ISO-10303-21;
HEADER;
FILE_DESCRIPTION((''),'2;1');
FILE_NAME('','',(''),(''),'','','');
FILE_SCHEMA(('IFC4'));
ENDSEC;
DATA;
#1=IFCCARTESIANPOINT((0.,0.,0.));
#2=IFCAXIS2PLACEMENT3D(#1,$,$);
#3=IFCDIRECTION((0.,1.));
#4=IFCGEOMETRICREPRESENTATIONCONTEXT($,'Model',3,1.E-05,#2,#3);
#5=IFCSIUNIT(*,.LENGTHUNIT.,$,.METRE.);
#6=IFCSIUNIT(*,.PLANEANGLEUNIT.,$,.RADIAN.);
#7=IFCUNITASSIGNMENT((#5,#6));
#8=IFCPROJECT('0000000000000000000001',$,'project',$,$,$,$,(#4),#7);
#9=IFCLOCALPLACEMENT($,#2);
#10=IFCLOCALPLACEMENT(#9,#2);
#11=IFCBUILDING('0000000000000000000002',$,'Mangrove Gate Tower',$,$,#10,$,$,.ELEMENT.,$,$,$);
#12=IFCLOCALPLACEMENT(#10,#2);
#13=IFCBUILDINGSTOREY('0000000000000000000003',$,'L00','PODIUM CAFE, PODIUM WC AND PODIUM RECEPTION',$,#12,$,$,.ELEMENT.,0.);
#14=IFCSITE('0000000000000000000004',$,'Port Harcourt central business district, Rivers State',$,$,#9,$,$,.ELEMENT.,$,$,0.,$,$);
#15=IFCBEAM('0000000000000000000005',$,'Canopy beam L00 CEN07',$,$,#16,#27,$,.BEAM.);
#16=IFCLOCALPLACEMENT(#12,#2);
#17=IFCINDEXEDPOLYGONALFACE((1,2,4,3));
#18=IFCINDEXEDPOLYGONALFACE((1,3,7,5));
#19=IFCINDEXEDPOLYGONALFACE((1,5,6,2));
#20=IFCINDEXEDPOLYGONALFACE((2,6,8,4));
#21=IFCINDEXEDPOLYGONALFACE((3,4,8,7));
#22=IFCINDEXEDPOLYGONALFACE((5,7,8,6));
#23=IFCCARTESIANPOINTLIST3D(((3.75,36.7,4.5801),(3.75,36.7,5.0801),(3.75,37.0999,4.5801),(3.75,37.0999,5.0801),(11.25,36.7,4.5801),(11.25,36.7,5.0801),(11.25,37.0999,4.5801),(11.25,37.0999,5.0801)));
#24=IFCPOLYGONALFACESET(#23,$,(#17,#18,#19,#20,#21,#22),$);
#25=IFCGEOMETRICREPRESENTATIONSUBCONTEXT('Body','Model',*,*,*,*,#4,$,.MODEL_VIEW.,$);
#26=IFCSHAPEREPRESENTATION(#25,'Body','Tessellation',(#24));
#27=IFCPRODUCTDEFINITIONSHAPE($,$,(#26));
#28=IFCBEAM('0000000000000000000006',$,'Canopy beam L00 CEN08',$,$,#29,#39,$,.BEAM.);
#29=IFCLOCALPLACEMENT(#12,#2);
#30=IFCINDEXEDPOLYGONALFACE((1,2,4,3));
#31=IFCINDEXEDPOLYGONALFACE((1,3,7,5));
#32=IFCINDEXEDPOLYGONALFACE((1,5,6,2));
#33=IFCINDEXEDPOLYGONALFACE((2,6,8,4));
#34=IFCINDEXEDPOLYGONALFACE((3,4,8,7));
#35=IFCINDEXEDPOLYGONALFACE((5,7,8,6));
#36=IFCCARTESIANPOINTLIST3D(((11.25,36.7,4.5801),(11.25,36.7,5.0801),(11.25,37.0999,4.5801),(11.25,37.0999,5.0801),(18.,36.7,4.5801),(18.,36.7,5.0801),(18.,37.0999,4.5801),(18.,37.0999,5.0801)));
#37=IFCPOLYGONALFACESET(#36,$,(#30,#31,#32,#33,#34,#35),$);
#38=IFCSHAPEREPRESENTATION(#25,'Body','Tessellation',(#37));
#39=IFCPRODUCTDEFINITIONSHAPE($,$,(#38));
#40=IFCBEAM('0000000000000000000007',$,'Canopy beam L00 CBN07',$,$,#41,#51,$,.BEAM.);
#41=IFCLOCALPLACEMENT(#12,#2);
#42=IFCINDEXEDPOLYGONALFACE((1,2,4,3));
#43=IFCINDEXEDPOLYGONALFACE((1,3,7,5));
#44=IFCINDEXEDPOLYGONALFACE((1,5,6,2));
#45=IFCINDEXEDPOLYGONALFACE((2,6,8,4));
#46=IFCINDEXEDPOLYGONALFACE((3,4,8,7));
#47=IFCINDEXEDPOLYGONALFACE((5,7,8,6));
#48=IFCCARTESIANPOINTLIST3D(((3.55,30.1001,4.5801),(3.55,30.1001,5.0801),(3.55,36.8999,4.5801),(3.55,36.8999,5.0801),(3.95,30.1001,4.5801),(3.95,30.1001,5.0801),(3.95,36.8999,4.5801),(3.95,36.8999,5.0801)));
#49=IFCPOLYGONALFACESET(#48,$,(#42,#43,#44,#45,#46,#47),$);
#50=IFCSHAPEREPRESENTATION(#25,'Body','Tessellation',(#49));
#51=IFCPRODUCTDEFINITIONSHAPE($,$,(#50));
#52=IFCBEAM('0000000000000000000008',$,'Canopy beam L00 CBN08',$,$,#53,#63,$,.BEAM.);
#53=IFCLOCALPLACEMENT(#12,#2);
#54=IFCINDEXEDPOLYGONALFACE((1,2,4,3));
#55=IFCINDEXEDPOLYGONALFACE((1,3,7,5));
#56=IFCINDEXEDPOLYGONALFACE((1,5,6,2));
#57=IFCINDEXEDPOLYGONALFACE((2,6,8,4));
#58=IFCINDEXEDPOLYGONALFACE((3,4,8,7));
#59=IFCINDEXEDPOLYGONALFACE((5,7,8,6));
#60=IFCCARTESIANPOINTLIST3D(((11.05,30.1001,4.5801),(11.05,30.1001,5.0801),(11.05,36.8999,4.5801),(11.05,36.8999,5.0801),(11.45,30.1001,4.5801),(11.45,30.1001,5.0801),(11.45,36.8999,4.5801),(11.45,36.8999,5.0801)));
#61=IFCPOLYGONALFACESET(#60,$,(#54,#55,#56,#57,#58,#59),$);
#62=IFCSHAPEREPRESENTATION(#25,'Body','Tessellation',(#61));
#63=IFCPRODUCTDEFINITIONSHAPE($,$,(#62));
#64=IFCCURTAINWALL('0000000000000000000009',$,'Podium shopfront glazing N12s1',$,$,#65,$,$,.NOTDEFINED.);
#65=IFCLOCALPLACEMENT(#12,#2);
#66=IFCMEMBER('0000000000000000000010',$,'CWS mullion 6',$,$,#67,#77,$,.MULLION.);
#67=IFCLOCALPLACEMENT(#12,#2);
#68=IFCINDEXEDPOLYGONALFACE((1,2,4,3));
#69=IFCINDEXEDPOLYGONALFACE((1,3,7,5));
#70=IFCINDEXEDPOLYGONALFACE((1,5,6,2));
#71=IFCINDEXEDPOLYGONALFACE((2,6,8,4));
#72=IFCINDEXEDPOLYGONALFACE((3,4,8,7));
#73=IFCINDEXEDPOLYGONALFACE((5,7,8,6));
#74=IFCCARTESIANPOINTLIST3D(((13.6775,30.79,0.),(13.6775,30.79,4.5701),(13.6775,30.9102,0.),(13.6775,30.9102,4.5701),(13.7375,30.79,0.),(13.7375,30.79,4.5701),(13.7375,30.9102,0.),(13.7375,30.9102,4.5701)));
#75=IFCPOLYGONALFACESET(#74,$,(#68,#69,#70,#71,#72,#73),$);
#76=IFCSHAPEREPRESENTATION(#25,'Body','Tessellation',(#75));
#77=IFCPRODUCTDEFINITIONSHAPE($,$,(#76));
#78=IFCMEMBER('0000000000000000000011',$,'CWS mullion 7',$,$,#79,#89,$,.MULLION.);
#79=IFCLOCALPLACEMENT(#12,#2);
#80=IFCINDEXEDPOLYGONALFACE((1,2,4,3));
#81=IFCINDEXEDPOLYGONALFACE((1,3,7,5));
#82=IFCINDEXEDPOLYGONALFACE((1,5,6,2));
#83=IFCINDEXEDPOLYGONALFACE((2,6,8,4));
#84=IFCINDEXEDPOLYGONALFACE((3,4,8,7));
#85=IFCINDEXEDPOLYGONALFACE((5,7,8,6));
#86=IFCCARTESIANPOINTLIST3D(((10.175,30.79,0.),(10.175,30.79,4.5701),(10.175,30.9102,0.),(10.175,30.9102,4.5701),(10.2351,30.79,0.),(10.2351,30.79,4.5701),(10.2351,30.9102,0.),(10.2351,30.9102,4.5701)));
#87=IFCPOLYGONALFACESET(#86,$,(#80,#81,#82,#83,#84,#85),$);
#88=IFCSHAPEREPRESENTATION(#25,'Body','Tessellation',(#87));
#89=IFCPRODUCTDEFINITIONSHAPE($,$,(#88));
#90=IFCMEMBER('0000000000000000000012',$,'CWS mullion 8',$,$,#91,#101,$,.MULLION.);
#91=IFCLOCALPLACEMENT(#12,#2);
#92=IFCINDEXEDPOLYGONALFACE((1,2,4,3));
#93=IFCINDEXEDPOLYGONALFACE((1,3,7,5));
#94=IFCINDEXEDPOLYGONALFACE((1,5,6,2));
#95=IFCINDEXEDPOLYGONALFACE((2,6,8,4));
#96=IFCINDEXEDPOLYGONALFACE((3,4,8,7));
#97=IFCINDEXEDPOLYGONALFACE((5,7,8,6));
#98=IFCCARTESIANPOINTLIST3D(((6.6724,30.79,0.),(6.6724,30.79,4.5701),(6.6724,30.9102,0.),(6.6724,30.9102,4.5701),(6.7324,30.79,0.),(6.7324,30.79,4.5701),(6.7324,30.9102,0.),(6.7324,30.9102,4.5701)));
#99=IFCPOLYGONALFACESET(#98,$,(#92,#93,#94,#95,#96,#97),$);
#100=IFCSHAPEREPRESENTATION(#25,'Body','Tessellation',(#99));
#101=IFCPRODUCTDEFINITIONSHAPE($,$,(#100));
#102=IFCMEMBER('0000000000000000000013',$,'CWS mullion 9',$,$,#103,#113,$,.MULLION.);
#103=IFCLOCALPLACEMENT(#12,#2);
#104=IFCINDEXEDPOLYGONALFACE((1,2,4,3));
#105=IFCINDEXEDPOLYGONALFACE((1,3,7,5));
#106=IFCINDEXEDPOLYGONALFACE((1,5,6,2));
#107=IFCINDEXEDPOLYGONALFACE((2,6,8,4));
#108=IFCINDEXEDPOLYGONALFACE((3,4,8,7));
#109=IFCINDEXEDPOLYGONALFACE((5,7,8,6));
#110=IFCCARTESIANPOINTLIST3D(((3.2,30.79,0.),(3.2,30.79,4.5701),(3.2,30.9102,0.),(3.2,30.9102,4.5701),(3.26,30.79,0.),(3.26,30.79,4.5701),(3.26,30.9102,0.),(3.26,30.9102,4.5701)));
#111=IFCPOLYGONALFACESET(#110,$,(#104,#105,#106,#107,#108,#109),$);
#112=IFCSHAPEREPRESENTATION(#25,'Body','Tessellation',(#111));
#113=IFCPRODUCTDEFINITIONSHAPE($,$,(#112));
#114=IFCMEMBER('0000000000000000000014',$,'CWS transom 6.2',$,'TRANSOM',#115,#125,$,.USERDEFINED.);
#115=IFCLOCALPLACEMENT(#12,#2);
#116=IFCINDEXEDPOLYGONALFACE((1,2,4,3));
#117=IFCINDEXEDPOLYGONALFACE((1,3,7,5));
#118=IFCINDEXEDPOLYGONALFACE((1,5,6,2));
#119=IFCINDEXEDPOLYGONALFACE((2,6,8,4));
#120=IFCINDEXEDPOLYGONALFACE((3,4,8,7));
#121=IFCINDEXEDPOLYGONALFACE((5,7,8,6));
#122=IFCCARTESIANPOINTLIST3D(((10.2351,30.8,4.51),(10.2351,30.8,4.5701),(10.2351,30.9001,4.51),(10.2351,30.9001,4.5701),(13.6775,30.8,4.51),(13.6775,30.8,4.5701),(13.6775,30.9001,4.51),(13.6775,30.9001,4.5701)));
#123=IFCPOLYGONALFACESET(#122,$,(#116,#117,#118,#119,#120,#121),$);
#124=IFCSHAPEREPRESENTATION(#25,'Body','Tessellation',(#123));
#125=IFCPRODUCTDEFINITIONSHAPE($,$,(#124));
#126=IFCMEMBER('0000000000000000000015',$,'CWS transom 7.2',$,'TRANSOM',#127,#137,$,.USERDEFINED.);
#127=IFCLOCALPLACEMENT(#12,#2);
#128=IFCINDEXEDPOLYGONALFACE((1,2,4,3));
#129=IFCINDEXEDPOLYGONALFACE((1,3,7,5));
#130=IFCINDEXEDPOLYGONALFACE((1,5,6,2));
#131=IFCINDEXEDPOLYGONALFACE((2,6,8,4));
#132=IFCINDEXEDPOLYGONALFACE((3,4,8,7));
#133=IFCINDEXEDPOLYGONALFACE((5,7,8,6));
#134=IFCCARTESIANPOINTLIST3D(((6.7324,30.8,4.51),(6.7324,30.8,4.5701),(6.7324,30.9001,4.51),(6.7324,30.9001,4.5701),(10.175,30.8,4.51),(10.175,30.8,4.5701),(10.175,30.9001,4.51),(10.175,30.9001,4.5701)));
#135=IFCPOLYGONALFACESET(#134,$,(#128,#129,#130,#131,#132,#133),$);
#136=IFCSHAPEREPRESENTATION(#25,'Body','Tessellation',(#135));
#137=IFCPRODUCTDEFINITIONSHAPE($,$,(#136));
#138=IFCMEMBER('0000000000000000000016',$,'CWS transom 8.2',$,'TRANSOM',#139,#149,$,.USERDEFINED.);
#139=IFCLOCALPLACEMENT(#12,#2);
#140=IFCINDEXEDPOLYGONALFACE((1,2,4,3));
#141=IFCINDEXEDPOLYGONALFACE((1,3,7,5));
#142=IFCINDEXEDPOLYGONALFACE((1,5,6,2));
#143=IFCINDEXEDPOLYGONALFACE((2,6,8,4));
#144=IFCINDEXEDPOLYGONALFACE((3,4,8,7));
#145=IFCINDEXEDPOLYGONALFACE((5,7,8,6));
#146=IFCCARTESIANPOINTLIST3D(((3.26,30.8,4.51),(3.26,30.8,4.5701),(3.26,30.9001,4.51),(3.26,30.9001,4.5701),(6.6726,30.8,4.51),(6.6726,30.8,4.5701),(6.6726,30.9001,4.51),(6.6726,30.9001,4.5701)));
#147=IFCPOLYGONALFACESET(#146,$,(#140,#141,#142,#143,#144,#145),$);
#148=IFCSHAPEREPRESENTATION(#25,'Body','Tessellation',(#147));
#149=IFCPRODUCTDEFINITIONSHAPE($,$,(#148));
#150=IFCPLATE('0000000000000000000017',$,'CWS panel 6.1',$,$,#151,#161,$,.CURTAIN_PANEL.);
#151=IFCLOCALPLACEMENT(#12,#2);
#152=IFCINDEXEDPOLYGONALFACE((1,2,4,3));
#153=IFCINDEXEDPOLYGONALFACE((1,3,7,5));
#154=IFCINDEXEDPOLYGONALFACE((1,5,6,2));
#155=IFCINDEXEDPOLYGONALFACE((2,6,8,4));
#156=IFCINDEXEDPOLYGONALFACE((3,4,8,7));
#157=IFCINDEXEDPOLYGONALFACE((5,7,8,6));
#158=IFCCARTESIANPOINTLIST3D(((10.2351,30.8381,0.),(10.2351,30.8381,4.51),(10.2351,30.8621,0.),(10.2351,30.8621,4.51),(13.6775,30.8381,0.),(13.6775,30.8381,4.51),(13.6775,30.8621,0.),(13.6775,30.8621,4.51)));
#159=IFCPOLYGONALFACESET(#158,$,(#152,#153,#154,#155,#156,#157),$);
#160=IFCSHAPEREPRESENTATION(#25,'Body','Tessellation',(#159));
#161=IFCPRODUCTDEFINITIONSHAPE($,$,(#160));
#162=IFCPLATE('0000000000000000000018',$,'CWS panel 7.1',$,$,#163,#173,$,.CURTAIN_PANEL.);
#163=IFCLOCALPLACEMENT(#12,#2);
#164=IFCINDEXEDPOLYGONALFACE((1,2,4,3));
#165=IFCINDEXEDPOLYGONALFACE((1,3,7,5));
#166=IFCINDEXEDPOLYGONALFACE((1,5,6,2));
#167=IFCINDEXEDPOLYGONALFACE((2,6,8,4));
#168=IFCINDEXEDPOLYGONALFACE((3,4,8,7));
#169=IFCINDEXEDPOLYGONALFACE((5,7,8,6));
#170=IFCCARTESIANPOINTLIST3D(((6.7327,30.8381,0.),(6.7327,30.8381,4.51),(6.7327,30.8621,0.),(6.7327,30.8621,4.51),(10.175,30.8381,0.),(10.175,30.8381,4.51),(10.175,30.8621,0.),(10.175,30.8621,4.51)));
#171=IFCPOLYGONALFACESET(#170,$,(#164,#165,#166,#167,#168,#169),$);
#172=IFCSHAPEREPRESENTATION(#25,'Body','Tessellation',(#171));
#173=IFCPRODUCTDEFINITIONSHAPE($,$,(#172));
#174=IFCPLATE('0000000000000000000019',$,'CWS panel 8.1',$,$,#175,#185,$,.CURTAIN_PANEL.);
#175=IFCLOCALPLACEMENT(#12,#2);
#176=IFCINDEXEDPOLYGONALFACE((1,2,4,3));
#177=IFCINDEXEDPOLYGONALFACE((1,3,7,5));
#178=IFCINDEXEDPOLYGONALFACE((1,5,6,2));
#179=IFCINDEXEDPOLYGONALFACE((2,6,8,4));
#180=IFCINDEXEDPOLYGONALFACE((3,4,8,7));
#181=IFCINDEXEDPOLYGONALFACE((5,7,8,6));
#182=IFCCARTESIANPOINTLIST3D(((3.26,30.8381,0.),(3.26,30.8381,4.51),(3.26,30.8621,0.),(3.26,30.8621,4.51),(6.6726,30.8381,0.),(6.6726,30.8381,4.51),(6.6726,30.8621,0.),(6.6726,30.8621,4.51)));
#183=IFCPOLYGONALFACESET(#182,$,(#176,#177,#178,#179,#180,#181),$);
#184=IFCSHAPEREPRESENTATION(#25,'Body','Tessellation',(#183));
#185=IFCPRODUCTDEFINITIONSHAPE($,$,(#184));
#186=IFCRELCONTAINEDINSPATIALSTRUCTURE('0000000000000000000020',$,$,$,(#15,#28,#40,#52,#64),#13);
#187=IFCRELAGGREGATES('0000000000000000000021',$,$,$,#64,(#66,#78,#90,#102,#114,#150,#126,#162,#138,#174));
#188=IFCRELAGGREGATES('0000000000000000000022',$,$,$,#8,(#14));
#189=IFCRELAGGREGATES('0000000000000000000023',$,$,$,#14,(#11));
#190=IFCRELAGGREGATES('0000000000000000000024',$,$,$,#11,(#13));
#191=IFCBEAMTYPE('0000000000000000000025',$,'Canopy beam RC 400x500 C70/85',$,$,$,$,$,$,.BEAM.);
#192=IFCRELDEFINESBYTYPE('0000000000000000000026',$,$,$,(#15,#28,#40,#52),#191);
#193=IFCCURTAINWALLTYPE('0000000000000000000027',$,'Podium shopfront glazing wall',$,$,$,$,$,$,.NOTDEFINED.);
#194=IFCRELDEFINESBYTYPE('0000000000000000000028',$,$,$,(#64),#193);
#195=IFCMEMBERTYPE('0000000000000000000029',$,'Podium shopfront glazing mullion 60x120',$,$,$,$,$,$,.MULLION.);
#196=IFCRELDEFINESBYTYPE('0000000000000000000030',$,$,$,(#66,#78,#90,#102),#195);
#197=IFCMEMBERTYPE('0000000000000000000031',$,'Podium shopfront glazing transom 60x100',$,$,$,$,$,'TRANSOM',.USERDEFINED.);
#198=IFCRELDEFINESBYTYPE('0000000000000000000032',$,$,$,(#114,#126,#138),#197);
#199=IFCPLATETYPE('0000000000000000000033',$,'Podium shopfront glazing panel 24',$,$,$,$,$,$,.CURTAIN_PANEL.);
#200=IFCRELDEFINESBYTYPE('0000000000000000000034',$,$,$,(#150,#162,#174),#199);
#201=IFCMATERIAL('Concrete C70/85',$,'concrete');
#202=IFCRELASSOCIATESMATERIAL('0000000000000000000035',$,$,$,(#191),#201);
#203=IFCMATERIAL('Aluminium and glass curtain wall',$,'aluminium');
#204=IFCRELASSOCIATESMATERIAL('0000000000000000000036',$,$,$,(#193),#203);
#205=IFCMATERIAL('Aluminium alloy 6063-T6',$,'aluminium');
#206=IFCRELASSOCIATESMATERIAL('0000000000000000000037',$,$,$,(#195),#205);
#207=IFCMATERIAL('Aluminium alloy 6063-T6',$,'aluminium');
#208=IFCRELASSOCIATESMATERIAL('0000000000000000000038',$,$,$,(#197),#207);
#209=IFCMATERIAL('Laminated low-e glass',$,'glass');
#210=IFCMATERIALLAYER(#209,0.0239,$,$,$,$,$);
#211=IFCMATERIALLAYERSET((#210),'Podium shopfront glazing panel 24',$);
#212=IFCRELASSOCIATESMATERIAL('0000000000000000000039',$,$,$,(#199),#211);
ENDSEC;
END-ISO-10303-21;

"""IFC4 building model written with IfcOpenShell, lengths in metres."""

from ifc_helpers import new_model, si_unit, direction, frame, origin, origin_2d, place, context, subcontext, project, spatial, rectangle, extrude, material, layer, layer_set, material_profile, profile_set, type_object, element, aggregate, save


model = new_model("IFC4")

# Units and contexts
model_context = context("Model", 3, precision=1e-05, world=origin(), true_north=direction((0.0, 1.0)))
body_context = subcontext(model_context, "Body", "Model", "MODEL_VIEW")
ifc_project = project(units=[si_unit("LENGTHUNIT", "METRE"), si_unit("PLANEANGLEUNIT", "RADIAN")], contexts=[model_context])

# Site, building, storey
site_placement = place(None, origin())
site = spatial("IfcSite", under=ifc_project, at=site_placement, Name="Port Harcourt central business district, Rivers State", CompositionType="ELEMENT", RefElevation=0.0)
building_placement = place(site_placement, origin())
building = spatial("IfcBuilding", under=site, at=building_placement, Name="Mangrove Gate Tower", CompositionType="ELEMENT")
storey_placement = place(building_placement, origin())
storey = spatial("IfcBuildingStorey", under=building, at=storey_placement, Name="L00", Description="PODIUM CAFE, PODIUM WC AND PODIUM RECEPTION", CompositionType="ELEMENT", Elevation=0.0)

# Beams
ifc_material_1 = material(Name="Concrete C70/85", Category="concrete")
ifc_material_profile_1 = material_profile(ifc_material_1, rectangle(XDim=0.3999, YDim=0.5, at=origin_2d()))
ifc_profile_set_1 = profile_set([ifc_material_profile_1], Name="Concrete C70/85")
beam_type = type_object("IfcBeamType", Name="Canopy beam RC 400x500 C70/85", PredefinedType="BEAM", material=ifc_profile_set_1)
beam_1_placement = place(storey_placement, frame((3.75, 36.8999, 4.8301), z_axis=(1.0, 0.0, 0.0), x_axis=(0.0, 1.0, 0.0)))
element("IfcBeam", 1, at=beam_1_placement, inside=storey, type_object=beam_type, Name="Canopy beam L00 CEN07", PredefinedType="BEAM", context=body_context, shape_type="SweptSolid", body=[
    extrude(rectangle(XDim=0.3999, YDim=0.5, at=origin_2d()), origin(), (0.0, 0.0, 1.0), 7.5),
])
beam_2_placement = place(storey_placement, frame((11.25, 36.8999, 4.8301), z_axis=(1.0, 0.0, 0.0), x_axis=(0.0, 1.0, 0.0)))
element("IfcBeam", 2, at=beam_2_placement, inside=storey, type_object=beam_type, Name="Canopy beam L00 CEN08", PredefinedType="BEAM", context=body_context, shape_type="SweptSolid", body=[
    extrude(rectangle(XDim=0.3999, YDim=0.5, at=origin_2d()), origin(), (0.0, 0.0, 1.0), 6.75),
])
for number, where, z_axis, x_axis, name in (
    (3, (3.75, 30.1001, 4.8301), (0.0, 1.0, 0.0), (-1.0, 0.0, 0.0), "Canopy beam L00 CBN07"),
    (4, (11.25, 30.1001, 4.8301), (0.0, 1.0, 0.0), (-1.0, 0.0, 0.0), "Canopy beam L00 CBN08"),
):
    element("IfcBeam", number, at=place(storey_placement, frame(where, z_axis=z_axis, x_axis=x_axis)), inside=storey, type_object=beam_type, Name=name, PredefinedType="BEAM", context=body_context, shape_type="SweptSolid", body=[
        extrude(rectangle(XDim=0.3999, YDim=0.5, at=origin_2d()), origin(), (0.0, 0.0, 1.0), 6.7998),
    ])

# Curtain wall, members, plates
ifc_material_2 = material(Name="Aluminium and glass curtain wall", Category="aluminium")
curtain_wall_type = type_object("IfcCurtainWallType", Name="Podium shopfront glazing wall", PredefinedType="NOTDEFINED", material=ifc_material_2)
curtain_wall_placement = place(storey_placement, origin())
curtain_wall = element("IfcCurtainWall", 5, at=curtain_wall_placement, inside=storey, type_object=curtain_wall_type, Name="Podium shopfront glazing N12s1", PredefinedType="NOTDEFINED")
ifc_material_3 = material(Name="Aluminium alloy 6063-T6", Category="aluminium")
ifc_material_profile_2 = material_profile(ifc_material_3, rectangle(XDim=0.0601, YDim=0.1201, at=origin_2d()))
ifc_profile_set_2 = profile_set([ifc_material_profile_2], Name="Aluminium alloy 6063-T6")
member_type_1 = type_object("IfcMemberType", Name="Podium shopfront glazing mullion 60x120", PredefinedType="MULLION", material=ifc_profile_set_2)
member_1_placement = place(storey_placement, frame((13.7075, 30.8501, 0.0), z_axis=(0.0, 0.0, 1.0), x_axis=(-1.0, 0.0, 0.0)))
member_1 = element("IfcMember", 6, at=member_1_placement, type_object=member_type_1, Name="CWS mullion 6", PredefinedType="MULLION", context=body_context, shape_type="SweptSolid", body=[
    extrude(rectangle(XDim=0.0601, YDim=0.1201, at=origin_2d()), origin(), (0.0, 0.0, 1.0), 4.5701),
])
member_2_placement = place(storey_placement, frame((10.2051, 30.8501, 0.0), z_axis=(0.0, 0.0, 1.0), x_axis=(-1.0, 0.0, 0.0)))
member_2 = element("IfcMember", 7, at=member_2_placement, type_object=member_type_1, Name="CWS mullion 7", PredefinedType="MULLION", context=body_context, shape_type="SweptSolid", body=[
    extrude(rectangle(XDim=0.0601, YDim=0.1201, at=origin_2d()), origin(), (0.0, 0.0, 1.0), 4.5701),
])
member_3_placement = place(storey_placement, frame((6.7024, 30.8501, 0.0), z_axis=(0.0, 0.0, 1.0), x_axis=(-1.0, 0.0, 0.0)))
member_3 = element("IfcMember", 8, at=member_3_placement, type_object=member_type_1, Name="CWS mullion 8", PredefinedType="MULLION", context=body_context, shape_type="SweptSolid", body=[
    extrude(rectangle(XDim=0.0601, YDim=0.1201, at=origin_2d()), origin(), (0.0, 0.0, 1.0), 4.5701),
])
member_4_placement = place(storey_placement, frame((3.23, 30.8501, 0.0), z_axis=(0.0, 0.0, 1.0), x_axis=(-1.0, 0.0, 0.0)))
member_4 = element("IfcMember", 9, at=member_4_placement, type_object=member_type_1, Name="CWS mullion 9", PredefinedType="MULLION", context=body_context, shape_type="SweptSolid", body=[
    extrude(rectangle(XDim=0.0601, YDim=0.1201, at=origin_2d()), origin(), (0.0, 0.0, 1.0), 4.5701),
])
ifc_material_4 = material(Name="Aluminium alloy 6063-T6", Category="aluminium")
ifc_material_profile_3 = material_profile(ifc_material_4, rectangle(XDim=0.0601, YDim=0.1001, at=origin_2d()))
ifc_profile_set_3 = profile_set([ifc_material_profile_3], Name="Aluminium alloy 6063-T6")
member_type_2 = type_object("IfcMemberType", Name="Podium shopfront glazing transom 60x100", ElementType="TRANSOM", PredefinedType="USERDEFINED", material=ifc_profile_set_3)
member_5_placement = place(storey_placement, frame((13.6775, 30.8501, 4.54), z_axis=(-1.0, 0.0, 0.0), x_axis=(0.0, 0.0, 1.0)))
member_5 = element("IfcMember", 10, at=member_5_placement, type_object=member_type_2, Name="CWS transom 6.2", ObjectType="TRANSOM", PredefinedType="USERDEFINED", context=body_context, shape_type="SweptSolid", body=[
    extrude(rectangle(XDim=0.0601, YDim=0.1001, at=origin_2d()), origin(), (0.0, 0.0, 1.0), 3.4424),
])
member_6_placement = place(storey_placement, frame((10.175, 30.8501, 4.54), z_axis=(-1.0, 0.0, 0.0), x_axis=(0.0, 0.0, 1.0)))
member_6 = element("IfcMember", 11, at=member_6_placement, type_object=member_type_2, Name="CWS transom 7.2", ObjectType="TRANSOM", PredefinedType="USERDEFINED", context=body_context, shape_type="SweptSolid", body=[
    extrude(rectangle(XDim=0.0601, YDim=0.1001, at=origin_2d()), origin(), (0.0, 0.0, 1.0), 3.4426),
])
member_7_placement = place(storey_placement, frame((6.6726, 30.8501, 4.54), z_axis=(-1.0, 0.0, 0.0), x_axis=(0.0, 0.0, 1.0)))
member_7 = element("IfcMember", 12, at=member_7_placement, type_object=member_type_2, Name="CWS transom 8.2", ObjectType="TRANSOM", PredefinedType="USERDEFINED", context=body_context, shape_type="SweptSolid", body=[
    extrude(rectangle(XDim=0.0601, YDim=0.1001, at=origin_2d()), origin(), (0.0, 0.0, 1.0), 3.4126),
])
ifc_material_5 = material(Name="Laminated low-e glass", Category="glass")
ifc_layer_1 = layer(ifc_material_5, 0.0239)
ifc_layer_set_1 = layer_set([ifc_layer_1], Name="Podium shopfront glazing panel 24")
plate_type = type_object("IfcPlateType", Name="Podium shopfront glazing panel 24", PredefinedType="CURTAIN_PANEL", material=ifc_layer_set_1)
plate_1_placement = place(storey_placement, frame((11.9563, 30.8501, 0.0), z_axis=(0.0, 0.0, 1.0), x_axis=(-1.0, 0.0, 0.0)))
plate_1 = element("IfcPlate", 13, at=plate_1_placement, type_object=plate_type, Name="CWS panel 6.1", PredefinedType="CURTAIN_PANEL", context=body_context, shape_type="SweptSolid", body=[
    extrude(rectangle(XDim=3.4424, YDim=0.0239, at=origin_2d()), origin(), (0.0, 0.0, 1.0), 4.51),
])
plate_2_placement = place(storey_placement, frame((8.4539, 30.8501, 0.0), z_axis=(0.0, 0.0, 1.0), x_axis=(-1.0, 0.0, 0.0)))
plate_2 = element("IfcPlate", 14, at=plate_2_placement, type_object=plate_type, Name="CWS panel 7.1", PredefinedType="CURTAIN_PANEL", context=body_context, shape_type="SweptSolid", body=[
    extrude(rectangle(XDim=3.4424, YDim=0.0239, at=origin_2d()), origin(), (0.0, 0.0, 1.0), 4.51),
])
plate_3_placement = place(storey_placement, frame((4.9663, 30.8501, 0.0), z_axis=(0.0, 0.0, 1.0), x_axis=(-1.0, 0.0, 0.0)))
plate_3 = element("IfcPlate", 15, at=plate_3_placement, type_object=plate_type, Name="CWS panel 8.1", PredefinedType="CURTAIN_PANEL", context=body_context, shape_type="SweptSolid", body=[
    extrude(rectangle(XDim=3.4126, YDim=0.0239, at=origin_2d()), origin(), (0.0, 0.0, 1.0), 4.51),
])
aggregate(curtain_wall, [member_1, member_2, member_3, member_4, member_5, plate_1, member_6, plate_2, member_7, plate_3])

save(model, "model.ifc")
